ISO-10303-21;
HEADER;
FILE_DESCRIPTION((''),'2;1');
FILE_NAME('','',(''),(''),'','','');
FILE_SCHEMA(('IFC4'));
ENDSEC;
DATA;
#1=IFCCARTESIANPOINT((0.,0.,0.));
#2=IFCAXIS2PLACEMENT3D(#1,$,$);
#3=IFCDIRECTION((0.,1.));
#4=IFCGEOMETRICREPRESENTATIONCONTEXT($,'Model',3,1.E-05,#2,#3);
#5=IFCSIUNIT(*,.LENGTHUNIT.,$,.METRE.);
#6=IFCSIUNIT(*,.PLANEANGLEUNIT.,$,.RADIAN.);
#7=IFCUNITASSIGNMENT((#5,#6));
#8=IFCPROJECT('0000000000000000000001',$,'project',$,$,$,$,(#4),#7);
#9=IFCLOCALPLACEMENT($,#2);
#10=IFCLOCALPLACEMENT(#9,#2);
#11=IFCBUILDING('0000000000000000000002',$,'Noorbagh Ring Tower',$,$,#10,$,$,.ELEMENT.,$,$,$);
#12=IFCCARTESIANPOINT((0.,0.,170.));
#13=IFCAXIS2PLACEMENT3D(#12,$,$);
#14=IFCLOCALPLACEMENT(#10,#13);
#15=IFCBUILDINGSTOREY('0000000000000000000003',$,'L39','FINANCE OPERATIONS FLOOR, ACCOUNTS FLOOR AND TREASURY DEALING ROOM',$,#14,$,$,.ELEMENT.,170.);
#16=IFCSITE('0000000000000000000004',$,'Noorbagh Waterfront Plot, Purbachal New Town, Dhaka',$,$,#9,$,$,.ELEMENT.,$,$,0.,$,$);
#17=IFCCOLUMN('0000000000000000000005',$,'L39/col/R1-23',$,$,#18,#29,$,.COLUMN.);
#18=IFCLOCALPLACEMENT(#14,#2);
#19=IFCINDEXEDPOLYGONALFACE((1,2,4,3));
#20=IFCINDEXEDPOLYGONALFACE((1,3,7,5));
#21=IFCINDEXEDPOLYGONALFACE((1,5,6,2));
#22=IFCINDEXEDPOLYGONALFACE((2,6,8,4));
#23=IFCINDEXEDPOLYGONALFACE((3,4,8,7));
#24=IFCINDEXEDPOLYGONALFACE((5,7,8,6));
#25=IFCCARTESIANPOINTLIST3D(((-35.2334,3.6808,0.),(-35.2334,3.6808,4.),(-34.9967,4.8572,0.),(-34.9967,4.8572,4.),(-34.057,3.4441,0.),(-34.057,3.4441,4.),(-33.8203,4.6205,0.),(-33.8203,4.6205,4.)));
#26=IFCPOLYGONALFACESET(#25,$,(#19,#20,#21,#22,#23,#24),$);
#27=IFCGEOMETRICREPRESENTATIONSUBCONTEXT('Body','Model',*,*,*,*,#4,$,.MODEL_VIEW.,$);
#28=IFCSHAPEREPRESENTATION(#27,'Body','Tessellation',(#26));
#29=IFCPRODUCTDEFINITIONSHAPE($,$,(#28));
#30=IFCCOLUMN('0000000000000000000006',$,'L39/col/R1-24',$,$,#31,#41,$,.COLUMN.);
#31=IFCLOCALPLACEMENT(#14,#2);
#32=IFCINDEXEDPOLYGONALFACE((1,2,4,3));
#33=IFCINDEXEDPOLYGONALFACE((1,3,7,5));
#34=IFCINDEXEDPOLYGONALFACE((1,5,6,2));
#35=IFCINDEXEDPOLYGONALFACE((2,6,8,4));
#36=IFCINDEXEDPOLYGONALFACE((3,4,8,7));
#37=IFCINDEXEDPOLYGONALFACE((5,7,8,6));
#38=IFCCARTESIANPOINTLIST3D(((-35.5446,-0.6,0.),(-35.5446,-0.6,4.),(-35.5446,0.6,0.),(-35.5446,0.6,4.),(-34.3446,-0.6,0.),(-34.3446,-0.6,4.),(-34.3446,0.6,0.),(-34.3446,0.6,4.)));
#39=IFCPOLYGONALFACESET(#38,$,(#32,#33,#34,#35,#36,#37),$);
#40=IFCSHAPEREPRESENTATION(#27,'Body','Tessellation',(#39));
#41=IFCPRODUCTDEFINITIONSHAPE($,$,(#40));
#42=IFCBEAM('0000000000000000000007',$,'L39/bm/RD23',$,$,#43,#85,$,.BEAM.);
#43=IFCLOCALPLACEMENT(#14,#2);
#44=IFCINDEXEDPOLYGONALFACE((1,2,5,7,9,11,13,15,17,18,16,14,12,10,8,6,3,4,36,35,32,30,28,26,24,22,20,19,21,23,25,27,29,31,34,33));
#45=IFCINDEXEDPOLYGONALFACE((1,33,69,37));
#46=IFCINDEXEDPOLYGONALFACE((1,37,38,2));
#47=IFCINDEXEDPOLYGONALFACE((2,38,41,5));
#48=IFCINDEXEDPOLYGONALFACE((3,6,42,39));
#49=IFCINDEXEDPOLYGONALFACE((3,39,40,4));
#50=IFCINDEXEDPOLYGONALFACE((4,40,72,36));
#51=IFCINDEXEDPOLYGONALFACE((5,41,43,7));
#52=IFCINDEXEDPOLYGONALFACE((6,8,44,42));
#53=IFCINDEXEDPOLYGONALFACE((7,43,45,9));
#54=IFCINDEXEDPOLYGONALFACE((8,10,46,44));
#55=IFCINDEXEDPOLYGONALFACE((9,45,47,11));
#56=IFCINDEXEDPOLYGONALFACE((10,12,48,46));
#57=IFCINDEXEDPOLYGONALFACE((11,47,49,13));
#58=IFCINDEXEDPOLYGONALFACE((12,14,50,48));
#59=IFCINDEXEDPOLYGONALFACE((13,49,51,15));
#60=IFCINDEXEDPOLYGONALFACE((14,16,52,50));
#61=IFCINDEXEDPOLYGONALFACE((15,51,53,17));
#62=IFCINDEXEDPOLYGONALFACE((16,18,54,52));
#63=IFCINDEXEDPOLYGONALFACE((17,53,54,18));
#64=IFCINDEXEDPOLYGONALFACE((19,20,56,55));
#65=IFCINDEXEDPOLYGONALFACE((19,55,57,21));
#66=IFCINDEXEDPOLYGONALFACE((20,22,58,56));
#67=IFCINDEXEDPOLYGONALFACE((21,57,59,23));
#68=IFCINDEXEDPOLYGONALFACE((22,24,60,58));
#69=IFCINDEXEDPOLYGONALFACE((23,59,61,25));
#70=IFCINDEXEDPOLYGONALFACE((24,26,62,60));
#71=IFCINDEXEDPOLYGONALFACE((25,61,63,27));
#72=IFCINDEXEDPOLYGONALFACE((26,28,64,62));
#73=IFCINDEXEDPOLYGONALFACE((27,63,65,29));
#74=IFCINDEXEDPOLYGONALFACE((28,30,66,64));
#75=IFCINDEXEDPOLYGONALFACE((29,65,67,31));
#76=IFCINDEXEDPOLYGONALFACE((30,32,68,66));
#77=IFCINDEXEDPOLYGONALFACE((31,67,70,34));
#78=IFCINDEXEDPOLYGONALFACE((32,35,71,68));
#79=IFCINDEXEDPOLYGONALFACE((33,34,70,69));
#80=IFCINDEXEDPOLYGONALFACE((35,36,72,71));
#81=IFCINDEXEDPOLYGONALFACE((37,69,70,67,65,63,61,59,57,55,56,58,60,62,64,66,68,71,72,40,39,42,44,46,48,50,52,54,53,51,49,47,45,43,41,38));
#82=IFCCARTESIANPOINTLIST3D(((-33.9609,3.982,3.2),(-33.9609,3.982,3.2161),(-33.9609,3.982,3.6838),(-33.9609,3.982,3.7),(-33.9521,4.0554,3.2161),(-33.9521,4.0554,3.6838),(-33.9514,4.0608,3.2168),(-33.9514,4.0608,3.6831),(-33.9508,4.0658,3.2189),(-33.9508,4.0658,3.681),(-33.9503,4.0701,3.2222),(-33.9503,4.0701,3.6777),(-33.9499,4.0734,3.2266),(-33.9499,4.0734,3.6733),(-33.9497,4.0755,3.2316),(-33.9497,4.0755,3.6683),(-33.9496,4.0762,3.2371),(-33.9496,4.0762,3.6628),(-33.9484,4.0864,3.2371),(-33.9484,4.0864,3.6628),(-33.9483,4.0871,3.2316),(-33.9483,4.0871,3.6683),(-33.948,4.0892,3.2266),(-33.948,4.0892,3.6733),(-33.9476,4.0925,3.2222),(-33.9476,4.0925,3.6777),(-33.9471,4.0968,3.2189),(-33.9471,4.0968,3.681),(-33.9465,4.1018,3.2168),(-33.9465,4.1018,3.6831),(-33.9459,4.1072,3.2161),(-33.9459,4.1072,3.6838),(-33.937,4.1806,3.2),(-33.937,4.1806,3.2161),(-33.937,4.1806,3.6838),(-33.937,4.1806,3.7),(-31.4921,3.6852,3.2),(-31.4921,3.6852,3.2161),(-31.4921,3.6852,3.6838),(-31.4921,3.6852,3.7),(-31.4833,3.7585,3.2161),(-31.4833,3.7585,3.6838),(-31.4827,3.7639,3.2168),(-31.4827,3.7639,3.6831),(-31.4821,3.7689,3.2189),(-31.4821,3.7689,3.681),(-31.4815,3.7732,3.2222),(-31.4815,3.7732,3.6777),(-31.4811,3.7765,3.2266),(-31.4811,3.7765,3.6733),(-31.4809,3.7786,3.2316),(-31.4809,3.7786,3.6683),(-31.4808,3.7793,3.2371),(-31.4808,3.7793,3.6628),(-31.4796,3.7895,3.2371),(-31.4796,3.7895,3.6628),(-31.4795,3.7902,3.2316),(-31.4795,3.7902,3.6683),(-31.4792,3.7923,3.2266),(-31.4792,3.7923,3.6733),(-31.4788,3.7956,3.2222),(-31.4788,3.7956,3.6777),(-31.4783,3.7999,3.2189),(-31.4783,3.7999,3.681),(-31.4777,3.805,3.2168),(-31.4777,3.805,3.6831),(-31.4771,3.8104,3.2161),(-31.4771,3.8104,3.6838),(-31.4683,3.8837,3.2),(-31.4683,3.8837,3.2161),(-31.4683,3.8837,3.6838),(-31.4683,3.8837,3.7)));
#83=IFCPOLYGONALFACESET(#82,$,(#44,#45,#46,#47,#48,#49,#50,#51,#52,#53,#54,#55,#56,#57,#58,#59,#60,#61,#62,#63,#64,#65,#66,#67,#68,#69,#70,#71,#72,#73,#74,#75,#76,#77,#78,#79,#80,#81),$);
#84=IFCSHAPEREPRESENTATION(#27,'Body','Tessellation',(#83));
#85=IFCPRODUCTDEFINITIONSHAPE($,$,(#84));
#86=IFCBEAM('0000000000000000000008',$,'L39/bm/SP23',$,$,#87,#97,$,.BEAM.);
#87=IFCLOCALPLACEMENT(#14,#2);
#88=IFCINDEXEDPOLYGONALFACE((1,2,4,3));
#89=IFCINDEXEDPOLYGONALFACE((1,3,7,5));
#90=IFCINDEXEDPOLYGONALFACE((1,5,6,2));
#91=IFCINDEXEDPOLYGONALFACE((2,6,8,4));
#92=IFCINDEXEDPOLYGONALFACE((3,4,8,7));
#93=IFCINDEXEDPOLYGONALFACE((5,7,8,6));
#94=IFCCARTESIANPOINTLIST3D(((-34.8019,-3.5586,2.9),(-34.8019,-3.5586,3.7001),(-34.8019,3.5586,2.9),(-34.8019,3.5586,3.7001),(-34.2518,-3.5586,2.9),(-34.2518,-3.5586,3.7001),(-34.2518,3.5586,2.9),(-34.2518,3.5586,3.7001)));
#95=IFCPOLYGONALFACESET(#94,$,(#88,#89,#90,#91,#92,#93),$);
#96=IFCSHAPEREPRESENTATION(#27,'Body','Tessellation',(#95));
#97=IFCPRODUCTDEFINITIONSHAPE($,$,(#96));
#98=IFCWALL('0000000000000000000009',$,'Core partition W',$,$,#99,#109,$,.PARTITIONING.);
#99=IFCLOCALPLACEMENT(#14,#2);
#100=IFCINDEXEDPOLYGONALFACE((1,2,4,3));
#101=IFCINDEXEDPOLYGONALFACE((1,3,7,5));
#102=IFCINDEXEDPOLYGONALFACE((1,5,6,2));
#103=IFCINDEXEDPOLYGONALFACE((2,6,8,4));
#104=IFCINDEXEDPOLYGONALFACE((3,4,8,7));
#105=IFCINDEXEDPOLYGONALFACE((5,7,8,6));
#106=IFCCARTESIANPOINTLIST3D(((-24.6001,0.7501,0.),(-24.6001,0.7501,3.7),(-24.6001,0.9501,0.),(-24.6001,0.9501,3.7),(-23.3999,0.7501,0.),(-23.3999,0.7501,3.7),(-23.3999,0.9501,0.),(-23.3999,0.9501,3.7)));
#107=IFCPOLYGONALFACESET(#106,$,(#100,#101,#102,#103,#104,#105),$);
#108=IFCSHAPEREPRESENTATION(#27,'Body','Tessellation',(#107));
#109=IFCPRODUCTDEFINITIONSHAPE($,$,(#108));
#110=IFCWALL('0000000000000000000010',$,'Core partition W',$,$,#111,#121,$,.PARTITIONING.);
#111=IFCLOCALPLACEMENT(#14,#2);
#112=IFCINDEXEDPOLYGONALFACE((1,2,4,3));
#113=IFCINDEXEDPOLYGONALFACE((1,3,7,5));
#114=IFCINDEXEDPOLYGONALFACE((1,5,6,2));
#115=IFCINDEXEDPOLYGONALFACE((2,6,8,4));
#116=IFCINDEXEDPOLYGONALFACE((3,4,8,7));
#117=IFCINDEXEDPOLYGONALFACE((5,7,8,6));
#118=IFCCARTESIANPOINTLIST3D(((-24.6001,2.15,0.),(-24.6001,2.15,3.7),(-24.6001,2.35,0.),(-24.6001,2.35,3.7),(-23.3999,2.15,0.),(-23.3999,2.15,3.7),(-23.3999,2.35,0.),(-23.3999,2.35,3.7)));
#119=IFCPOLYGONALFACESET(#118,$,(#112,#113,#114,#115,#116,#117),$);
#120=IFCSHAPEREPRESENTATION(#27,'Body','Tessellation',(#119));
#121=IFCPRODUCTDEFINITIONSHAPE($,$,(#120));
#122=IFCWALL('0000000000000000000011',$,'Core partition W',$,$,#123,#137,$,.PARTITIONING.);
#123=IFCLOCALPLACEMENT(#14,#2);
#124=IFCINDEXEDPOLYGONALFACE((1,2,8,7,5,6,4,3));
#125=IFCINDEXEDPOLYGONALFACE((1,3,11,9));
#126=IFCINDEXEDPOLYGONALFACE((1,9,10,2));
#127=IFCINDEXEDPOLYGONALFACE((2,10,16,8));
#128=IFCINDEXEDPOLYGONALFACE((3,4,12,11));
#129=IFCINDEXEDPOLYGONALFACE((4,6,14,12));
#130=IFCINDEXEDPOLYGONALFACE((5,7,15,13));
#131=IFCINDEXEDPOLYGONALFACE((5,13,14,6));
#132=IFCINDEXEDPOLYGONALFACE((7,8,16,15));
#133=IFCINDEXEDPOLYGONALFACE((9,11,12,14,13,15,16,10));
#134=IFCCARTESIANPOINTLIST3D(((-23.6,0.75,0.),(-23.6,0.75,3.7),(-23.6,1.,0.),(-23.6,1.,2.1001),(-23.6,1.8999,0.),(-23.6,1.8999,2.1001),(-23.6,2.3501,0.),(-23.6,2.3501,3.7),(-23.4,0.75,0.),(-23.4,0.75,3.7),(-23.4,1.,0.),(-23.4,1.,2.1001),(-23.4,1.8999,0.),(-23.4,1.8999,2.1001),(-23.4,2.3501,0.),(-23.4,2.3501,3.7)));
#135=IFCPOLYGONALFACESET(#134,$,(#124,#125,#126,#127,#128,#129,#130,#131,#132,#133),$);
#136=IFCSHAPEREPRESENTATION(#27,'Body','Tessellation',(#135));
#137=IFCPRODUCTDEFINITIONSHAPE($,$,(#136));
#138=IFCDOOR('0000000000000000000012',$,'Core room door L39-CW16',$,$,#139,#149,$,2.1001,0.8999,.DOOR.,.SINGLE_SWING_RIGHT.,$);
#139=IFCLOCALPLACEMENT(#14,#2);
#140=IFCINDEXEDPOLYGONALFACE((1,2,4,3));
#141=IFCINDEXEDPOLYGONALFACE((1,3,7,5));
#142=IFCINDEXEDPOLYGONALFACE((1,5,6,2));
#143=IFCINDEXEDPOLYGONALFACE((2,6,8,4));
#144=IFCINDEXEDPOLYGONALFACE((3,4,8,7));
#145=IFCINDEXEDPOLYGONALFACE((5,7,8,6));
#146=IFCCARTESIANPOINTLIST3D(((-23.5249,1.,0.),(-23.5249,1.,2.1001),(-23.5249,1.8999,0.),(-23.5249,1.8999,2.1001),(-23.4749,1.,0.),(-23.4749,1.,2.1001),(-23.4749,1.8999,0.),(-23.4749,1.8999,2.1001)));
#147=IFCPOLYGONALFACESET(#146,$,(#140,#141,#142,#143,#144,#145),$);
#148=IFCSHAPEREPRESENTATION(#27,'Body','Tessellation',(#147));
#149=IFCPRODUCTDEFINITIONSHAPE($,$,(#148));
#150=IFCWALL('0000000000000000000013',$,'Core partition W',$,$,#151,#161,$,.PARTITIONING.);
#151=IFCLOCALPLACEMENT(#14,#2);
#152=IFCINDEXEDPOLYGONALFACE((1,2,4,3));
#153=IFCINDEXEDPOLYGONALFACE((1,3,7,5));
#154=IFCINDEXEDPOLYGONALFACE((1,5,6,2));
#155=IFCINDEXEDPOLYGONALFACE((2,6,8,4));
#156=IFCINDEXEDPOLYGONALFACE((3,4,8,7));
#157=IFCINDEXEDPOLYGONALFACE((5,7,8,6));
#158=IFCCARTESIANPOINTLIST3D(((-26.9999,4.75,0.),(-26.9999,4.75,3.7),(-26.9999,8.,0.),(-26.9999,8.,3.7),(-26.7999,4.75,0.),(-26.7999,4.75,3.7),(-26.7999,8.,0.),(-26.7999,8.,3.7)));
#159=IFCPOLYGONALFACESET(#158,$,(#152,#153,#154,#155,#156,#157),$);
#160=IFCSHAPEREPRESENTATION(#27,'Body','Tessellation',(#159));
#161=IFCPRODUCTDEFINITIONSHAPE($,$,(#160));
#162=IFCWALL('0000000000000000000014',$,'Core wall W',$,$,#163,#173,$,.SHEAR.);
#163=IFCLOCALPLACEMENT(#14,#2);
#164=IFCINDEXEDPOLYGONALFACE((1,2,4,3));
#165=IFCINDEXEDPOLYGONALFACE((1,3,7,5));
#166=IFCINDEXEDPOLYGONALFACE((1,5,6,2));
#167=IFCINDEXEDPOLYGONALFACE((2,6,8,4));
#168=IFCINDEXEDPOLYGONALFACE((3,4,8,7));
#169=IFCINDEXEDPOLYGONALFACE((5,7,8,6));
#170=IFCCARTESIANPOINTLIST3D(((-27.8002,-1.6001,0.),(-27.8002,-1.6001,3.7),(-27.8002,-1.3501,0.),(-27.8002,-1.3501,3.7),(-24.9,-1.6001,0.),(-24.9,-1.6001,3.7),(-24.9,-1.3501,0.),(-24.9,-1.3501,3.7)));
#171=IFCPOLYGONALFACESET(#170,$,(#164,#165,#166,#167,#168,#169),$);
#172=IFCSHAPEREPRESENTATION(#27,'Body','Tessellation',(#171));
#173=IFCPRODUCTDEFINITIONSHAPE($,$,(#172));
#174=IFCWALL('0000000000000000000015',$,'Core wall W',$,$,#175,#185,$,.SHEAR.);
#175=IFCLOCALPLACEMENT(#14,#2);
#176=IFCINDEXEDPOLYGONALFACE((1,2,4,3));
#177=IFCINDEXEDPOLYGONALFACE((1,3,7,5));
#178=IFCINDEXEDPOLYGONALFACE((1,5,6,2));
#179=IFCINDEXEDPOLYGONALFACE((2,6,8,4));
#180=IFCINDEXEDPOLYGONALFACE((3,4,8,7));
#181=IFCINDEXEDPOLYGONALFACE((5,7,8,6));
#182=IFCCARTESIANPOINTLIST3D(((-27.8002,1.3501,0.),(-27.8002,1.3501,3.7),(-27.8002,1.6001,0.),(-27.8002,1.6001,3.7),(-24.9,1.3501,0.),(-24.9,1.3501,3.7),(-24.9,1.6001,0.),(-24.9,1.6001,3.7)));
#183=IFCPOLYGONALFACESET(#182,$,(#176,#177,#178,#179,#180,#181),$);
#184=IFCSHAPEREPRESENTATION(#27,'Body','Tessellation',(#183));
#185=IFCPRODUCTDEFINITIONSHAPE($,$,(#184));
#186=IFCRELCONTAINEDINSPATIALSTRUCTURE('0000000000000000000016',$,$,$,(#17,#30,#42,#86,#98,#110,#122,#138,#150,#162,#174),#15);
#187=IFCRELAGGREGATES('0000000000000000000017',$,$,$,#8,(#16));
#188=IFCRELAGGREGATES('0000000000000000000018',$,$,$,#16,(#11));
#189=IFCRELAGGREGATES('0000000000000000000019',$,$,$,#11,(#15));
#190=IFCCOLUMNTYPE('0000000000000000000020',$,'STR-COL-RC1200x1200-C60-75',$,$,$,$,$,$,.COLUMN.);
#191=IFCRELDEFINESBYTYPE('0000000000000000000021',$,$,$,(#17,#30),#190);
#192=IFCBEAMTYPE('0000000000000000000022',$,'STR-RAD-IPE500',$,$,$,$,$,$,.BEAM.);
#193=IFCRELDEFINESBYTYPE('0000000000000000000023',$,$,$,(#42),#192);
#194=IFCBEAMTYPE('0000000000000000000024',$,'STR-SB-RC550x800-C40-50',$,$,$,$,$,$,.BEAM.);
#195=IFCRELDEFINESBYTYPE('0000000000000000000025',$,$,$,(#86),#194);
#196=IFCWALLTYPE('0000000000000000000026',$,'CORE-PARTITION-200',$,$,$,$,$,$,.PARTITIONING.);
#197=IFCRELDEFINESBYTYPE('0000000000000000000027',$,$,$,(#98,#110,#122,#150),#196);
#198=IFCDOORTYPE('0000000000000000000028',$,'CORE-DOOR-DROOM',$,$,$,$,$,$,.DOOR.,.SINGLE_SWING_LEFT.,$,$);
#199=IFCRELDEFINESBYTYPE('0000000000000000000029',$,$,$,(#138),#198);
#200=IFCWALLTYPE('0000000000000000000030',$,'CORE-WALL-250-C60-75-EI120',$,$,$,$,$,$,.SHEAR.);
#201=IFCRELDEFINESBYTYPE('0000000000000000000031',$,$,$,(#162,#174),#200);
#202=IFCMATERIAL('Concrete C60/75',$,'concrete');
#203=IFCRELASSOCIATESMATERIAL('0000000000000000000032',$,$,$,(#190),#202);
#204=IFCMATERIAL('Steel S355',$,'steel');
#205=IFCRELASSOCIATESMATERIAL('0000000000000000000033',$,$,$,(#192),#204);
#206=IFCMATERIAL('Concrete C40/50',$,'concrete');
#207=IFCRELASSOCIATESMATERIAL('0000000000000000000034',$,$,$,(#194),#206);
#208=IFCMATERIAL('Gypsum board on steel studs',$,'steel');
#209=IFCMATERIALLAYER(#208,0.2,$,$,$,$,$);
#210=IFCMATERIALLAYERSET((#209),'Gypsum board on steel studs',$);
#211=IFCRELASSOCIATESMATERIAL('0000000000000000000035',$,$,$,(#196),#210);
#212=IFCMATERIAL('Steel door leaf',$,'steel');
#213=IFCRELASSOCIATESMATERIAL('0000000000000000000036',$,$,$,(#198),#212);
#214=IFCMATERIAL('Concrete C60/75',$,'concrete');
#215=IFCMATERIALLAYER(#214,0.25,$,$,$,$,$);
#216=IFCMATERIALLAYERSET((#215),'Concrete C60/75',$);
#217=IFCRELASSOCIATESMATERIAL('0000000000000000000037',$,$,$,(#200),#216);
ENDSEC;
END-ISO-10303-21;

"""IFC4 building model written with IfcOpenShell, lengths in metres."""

from ifc_helpers import new_model, si_unit, direction, frame, frame_2d, origin, origin_2d, place, context, subcontext, project, spatial, rectangle, i_section, extrude, material, layer, layer_set, material_profile, profile_set, type_object, element, fill, save


model = new_model("IFC4")

# Units and contexts
model_context = context("Model", 3, precision=1e-05, world=origin(), true_north=direction((0.0, 1.0)))
body_context = subcontext(model_context, "Body", "Model", "MODEL_VIEW")
ifc_project = project(units=[si_unit("LENGTHUNIT", "METRE"), si_unit("PLANEANGLEUNIT", "RADIAN")], contexts=[model_context])

# Site, building, storey
site_placement = place(None, origin())
site = spatial("IfcSite", under=ifc_project, at=site_placement, Name="Noorbagh Waterfront Plot, Purbachal New Town, Dhaka", CompositionType="ELEMENT", RefElevation=0.0)
building_placement = place(site_placement, origin())
building = spatial("IfcBuilding", under=site, at=building_placement, Name="Noorbagh Ring Tower", CompositionType="ELEMENT")
storey_placement = place(building_placement, frame((0.0, 0.0, 170.0)))
storey = spatial("IfcBuildingStorey", under=building, at=storey_placement, Name="L39", Description="FINANCE OPERATIONS FLOOR, ACCOUNTS FLOOR AND TREASURY DEALING ROOM", CompositionType="ELEMENT", Elevation=170.0)

# Columns
ifc_material_1 = material(Name="Concrete C60/75", Category="concrete")
ifc_material_profile_1 = material_profile(ifc_material_1, rectangle(XDim=1.2, YDim=1.2, at=origin_2d()), Name="RC1200x1200")
ifc_profile_set_1 = profile_set([ifc_material_profile_1], Name="Concrete C60/75")
column_type = type_object("IfcColumnType", Name="STR-COL-RC1200x1200-C60-75", PredefinedType="COLUMN", material=ifc_profile_set_1)
for number, where, z_axis, x_axis, name in (
    (1, (-34.5269, 4.1506, 0.0), (0.0, 0.0, 1.0), (-0.19723, -0.980357, 0.0), "L39/col/R1-23"),
    (2, (-34.9446, 0.0, 0.0), (0.0, 0.0, 1.0), (0.0, -1.0, 0.0), "L39/col/R1-24"),
):
    element("IfcColumn", number, at=place(storey_placement, frame(where, z_axis=z_axis, x_axis=x_axis)), inside=storey, type_object=column_type, Name=name, PredefinedType="COLUMN", context=body_context, shape_type="SweptSolid", body=[
        extrude(rectangle(XDim=1.2, YDim=1.2, at=origin_2d()), origin(), (0.0, 0.0, 1.0), 4.0),
    ])

# Beams
ifc_material_2 = material(Name="Steel S355", Category="steel")
ifc_material_profile_2 = material_profile(ifc_material_2, i_section(OverallWidth=0.2, OverallDepth=0.5, WebThickness=0.0103, FlangeThickness=0.0161, FilletRadius=0.021, at=origin_2d()), Name="IPE500")
ifc_profile_set_2 = profile_set([ifc_material_profile_2], Name="Steel S355")
beam_type_1 = type_object("IfcBeamType", Name="STR-RAD-IPE500", PredefinedType="BEAM", material=ifc_profile_set_2)
beam_1_placement = place(storey_placement, frame((-33.949, 4.0813, 3.45), z_axis=(0.992847, -0.119393, 0.0), x_axis=(0.119393, 0.992847, 0.0)))
element("IfcBeam", 3, at=beam_1_placement, inside=storey, type_object=beam_type_1, Name="L39/bm/RD23", PredefinedType="BEAM", context=body_context, shape_type="SweptSolid", body=[
    extrude(i_section(OverallWidth=0.2, OverallDepth=0.5, WebThickness=0.0103, FlangeThickness=0.0161, FilletRadius=0.021, at=origin_2d()), origin(), (0.0, 0.0, 1.0), 2.4866),
])
ifc_material_3 = material(Name="Concrete C40/50", Category="concrete")
ifc_material_profile_3 = material_profile(ifc_material_3, rectangle(XDim=0.55, YDim=0.8, at=origin_2d()), Name="RC550x800")
ifc_profile_set_3 = profile_set([ifc_material_profile_3], Name="Concrete C40/50")
beam_type_2 = type_object("IfcBeamType", Name="STR-SB-RC550x800-C40-50", PredefinedType="BEAM", material=ifc_profile_set_3)
beam_2_placement = place(storey_placement, frame((-34.5269, 3.5586, 3.3), z_axis=(0.0, -1.0, 0.0), x_axis=(1.0, 0.0, 0.0)))
element("IfcBeam", 4, at=beam_2_placement, inside=storey, type_object=beam_type_2, Name="L39/bm/SP23", PredefinedType="BEAM", context=body_context, shape_type="SweptSolid", body=[
    extrude(rectangle(XDim=0.55, YDim=0.8, at=origin_2d()), origin(), (0.0, 0.0, 1.0), 7.1172),
])

# Walls
ifc_material_4 = material(Name="Gypsum board on steel studs", Category="steel")
ifc_layer_1 = layer(ifc_material_4, 0.2)
ifc_layer_set_1 = layer_set([ifc_layer_1], Name="Gypsum board on steel studs")
wall_type_1 = type_object("IfcWallType", Name="CORE-PARTITION-200", PredefinedType="PARTITIONING", material=ifc_layer_set_1)
for number, where, z_axis, x_axis, name in (
    (5, (-23.3999, 0.8501, 0.0), (0.0, 0.0, 1.0), (-1.0, 0.0, 0.0), "Core partition W"),
    (6, (-23.3999, 2.25, 0.0), (0.0, 0.0, 1.0), (-1.0, 0.0, 0.0), "Core partition W"),
):
    element("IfcWall", number, at=place(storey_placement, frame(where, z_axis=z_axis, x_axis=x_axis)), inside=storey, type_object=wall_type_1, Name=name, PredefinedType="PARTITIONING", context=body_context, shape_type="SweptSolid", body=[
        extrude(rectangle(XDim=1.2002, YDim=0.2, at=frame_2d((0.6001, 0.0))), origin(), (0.0, 0.0, 1.0), 3.7),
    ])

# Wall, opening, door
wall_1_placement = place(storey_placement, frame((-23.5, 0.75, 0.0), z_axis=(0.0, 0.0, 1.0), x_axis=(0.0, 1.0, 0.0)))
wall_1 = element("IfcWall", 7, at=wall_1_placement, inside=storey, type_object=wall_type_1, Name="Core partition W", PredefinedType="PARTITIONING", context=body_context, shape_type="SweptSolid", body=[
    extrude(rectangle(XDim=1.6001, YDim=0.2, at=frame_2d((0.8, 0.0))), origin(), (0.0, 0.0, 1.0), 3.7),
])
opening_1_placement = place(wall_1_placement, frame((0.25, 0.0, 0.0)))
opening_1 = element("IfcOpeningElement", 8, at=opening_1_placement, cuts=wall_1, PredefinedType="OPENING", context=body_context, shape_type="SweptSolid", body=[
    extrude(rectangle(XDim=0.8999, YDim=2.1001, at=frame_2d((0.45, 1.05))), frame((0.0, 0.1099, 0.0), z_axis=(0.0, -1.0, 0.0), x_axis=(1.0, 0.0, 0.0)), (0.0, 0.0, 1.0), 0.22),
])
ifc_material_5 = material(Name="Steel door leaf", Category="steel")
door_type_1 = type_object("IfcDoorType", Name="CORE-DOOR-DROOM", OperationType="SINGLE_SWING_LEFT", PredefinedType="DOOR", material=ifc_material_5)
door_1_placement = place(opening_1_placement, origin())
door_1 = element("IfcDoor", 9, at=door_1_placement, inside=storey, type_object=door_type_1, Name="Core room door L39-CW16", OperationType="SINGLE_SWING_RIGHT", OverallHeight=2.1001, OverallWidth=0.8999, PredefinedType="DOOR", context=body_context, shape_type="SweptSolid", body=[
    extrude(rectangle(XDim=0.8999, YDim=2.1001, at=frame_2d((0.45, 1.05))), frame((0.0, 0.0249, 0.0), z_axis=(0.0, -1.0, 0.0), x_axis=(1.0, 0.0, 0.0)), (0.0, 0.0, 1.0), 0.05),
])
fill(opening_1, door_1)

# Walls
wall_2_placement = place(storey_placement, frame((-26.8999, 4.75, 0.0), z_axis=(0.0, 0.0, 1.0), x_axis=(0.0, 1.0, 0.0)))
element("IfcWall", 10, at=wall_2_placement, inside=storey, type_object=wall_type_1, Name="Core partition W", PredefinedType="PARTITIONING", context=body_context, shape_type="SweptSolid", body=[
    extrude(rectangle(XDim=3.25, YDim=0.2, at=frame_2d((1.625, 0.0))), origin(), (0.0, 0.0, 1.0), 3.7),
])
ifc_material_6 = material(Name="Concrete C60/75", Category="concrete")
ifc_layer_2 = layer(ifc_material_6, 0.25)
ifc_layer_set_2 = layer_set([ifc_layer_2], Name="Concrete C60/75")
wall_type_2 = type_object("IfcWallType", Name="CORE-WALL-250-C60-75-EI120", PredefinedType="SHEAR", material=ifc_layer_set_2)
for number, where, z_axis, x_axis, name in (
    (11, (-24.8999, -1.4751, 0.0), (0.0, 0.0, 1.0), (-1.0, 0.0, 0.0), "Core wall W"),
    (12, (-24.8999, 1.4751, 0.0), (0.0, 0.0, 1.0), (-1.0, 0.0, 0.0), "Core wall W"),
):
    element("IfcWall", number, at=place(storey_placement, frame(where, z_axis=z_axis, x_axis=x_axis)), inside=storey, type_object=wall_type_2, Name=name, PredefinedType="SHEAR", context=body_context, shape_type="SweptSolid", body=[
        extrude(rectangle(XDim=2.9001, YDim=0.25, at=frame_2d((1.4502, 0.0))), origin(), (0.0, 0.0, 1.0), 3.7),
    ])

save(model, "model.ifc")
